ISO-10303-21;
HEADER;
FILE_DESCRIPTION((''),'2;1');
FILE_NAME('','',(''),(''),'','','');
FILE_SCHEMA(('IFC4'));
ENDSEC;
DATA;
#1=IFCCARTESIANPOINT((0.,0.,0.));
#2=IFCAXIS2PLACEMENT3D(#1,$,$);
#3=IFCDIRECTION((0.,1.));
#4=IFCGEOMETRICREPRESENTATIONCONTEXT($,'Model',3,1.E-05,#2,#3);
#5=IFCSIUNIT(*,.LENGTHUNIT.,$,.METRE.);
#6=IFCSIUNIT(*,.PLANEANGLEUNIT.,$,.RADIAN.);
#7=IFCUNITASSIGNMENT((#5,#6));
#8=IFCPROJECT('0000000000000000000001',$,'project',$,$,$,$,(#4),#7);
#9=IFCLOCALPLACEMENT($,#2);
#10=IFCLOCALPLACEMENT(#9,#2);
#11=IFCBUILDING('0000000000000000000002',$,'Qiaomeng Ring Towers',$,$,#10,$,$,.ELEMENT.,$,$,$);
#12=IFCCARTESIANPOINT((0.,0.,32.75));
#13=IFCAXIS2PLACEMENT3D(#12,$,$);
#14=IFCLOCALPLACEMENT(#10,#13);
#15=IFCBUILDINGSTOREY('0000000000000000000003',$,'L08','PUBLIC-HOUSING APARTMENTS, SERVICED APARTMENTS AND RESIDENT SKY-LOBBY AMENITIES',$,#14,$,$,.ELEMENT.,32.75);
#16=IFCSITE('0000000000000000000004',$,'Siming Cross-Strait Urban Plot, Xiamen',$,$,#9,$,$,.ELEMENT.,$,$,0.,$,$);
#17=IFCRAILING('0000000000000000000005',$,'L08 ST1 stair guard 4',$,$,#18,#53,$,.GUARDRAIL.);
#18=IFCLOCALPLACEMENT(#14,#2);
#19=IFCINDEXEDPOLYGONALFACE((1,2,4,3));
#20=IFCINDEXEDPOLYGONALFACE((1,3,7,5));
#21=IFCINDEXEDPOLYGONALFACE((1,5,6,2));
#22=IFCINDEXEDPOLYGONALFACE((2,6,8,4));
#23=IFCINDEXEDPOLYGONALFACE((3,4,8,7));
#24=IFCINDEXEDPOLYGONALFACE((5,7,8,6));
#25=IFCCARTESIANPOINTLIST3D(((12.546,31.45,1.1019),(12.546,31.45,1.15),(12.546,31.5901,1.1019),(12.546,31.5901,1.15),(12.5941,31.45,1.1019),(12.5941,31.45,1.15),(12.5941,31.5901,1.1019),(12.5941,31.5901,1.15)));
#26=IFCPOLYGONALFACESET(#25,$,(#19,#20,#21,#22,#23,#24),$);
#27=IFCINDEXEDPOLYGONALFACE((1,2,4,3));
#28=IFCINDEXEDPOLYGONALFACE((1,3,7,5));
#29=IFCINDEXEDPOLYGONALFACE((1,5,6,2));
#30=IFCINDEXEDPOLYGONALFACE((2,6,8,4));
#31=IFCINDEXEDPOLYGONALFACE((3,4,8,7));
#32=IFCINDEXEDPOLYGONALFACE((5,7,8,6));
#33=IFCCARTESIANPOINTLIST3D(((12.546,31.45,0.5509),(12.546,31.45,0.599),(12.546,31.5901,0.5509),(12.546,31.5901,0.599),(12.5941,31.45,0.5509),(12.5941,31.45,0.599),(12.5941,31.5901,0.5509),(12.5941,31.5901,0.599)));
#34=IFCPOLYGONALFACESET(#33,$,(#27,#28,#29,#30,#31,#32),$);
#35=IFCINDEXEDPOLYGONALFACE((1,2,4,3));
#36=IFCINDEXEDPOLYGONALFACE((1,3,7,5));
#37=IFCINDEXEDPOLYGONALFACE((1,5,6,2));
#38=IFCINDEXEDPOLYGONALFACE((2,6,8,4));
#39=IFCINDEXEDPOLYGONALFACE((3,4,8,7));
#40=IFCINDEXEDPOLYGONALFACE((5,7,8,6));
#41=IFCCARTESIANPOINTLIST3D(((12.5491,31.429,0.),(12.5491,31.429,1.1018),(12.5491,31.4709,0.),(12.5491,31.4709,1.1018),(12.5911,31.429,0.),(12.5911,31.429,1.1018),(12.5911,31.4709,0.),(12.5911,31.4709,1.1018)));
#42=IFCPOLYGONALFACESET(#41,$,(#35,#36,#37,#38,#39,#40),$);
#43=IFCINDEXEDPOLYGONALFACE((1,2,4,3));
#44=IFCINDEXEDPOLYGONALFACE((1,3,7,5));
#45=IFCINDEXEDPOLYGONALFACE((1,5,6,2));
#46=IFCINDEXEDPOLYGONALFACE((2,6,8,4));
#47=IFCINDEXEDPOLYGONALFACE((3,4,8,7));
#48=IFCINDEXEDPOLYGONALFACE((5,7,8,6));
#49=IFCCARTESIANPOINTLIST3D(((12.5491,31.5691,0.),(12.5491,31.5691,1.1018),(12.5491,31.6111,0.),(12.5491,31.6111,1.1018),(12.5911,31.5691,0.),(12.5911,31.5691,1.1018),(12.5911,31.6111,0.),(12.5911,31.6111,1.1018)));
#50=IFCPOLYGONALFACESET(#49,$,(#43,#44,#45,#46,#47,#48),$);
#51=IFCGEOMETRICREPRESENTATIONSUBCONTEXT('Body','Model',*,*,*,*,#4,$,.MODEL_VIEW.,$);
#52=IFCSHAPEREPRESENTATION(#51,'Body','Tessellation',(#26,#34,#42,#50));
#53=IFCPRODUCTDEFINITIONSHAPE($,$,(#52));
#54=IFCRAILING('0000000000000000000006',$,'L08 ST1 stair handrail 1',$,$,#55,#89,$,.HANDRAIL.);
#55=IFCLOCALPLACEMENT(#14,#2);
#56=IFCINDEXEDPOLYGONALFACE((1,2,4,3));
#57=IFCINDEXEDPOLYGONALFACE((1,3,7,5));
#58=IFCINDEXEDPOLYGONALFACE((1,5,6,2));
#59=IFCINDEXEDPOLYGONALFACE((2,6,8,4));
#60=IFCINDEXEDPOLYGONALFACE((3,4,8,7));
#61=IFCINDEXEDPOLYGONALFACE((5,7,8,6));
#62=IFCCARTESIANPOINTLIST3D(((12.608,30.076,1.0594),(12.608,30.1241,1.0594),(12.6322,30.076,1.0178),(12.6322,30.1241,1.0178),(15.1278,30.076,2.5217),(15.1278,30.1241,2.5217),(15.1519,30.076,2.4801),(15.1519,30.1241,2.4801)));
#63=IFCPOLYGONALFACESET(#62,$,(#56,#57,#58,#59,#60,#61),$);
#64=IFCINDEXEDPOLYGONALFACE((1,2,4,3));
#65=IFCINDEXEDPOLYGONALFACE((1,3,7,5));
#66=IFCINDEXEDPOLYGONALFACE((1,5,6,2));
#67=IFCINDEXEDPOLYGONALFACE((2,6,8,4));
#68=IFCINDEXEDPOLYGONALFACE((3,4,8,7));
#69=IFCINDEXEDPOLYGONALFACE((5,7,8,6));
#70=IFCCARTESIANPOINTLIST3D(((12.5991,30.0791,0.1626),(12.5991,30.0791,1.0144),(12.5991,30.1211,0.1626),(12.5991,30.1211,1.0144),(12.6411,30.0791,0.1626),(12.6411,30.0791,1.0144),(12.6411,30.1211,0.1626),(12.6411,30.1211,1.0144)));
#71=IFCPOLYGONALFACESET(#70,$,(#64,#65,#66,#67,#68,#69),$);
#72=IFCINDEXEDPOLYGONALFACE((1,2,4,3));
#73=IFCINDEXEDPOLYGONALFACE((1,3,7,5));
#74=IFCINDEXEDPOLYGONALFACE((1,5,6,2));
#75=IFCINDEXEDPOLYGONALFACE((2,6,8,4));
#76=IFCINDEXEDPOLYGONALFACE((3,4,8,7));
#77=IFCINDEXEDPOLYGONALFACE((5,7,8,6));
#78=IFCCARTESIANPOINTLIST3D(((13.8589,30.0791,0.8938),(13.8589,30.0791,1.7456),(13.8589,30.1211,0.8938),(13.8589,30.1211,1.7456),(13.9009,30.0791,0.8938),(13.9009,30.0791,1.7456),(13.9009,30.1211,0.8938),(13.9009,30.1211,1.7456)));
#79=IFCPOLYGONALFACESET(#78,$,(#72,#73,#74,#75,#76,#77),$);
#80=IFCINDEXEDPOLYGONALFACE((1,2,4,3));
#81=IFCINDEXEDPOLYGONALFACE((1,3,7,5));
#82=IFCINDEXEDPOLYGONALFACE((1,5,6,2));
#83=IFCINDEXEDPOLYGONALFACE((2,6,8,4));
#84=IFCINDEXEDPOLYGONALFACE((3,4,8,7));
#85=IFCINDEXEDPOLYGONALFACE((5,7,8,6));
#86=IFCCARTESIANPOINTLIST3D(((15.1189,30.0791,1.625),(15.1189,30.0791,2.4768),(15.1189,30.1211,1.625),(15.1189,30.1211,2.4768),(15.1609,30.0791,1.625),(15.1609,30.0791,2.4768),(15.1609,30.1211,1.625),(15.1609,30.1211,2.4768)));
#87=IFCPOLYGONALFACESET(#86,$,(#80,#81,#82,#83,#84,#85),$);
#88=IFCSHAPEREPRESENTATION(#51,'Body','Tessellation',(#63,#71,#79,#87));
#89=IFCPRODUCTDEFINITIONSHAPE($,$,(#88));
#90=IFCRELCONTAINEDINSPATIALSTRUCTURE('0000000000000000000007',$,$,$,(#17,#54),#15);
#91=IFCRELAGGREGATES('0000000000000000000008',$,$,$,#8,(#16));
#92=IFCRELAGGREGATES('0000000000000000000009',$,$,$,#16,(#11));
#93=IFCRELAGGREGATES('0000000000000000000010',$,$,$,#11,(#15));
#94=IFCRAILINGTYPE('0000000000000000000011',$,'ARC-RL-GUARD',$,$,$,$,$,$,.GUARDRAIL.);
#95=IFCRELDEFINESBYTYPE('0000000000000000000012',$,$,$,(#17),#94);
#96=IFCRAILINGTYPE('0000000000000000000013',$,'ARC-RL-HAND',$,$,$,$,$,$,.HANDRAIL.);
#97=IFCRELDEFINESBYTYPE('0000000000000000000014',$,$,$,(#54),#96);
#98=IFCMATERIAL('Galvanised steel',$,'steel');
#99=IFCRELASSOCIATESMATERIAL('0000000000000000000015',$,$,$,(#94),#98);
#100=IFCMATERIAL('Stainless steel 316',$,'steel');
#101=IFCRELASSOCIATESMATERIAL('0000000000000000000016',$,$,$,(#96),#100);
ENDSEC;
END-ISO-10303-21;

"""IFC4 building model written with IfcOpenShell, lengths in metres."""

from ifc_helpers import new_model, si_unit, direction, frame, origin, origin_2d, place, context, subcontext, project, spatial, rectangle, extrude, material, type_object, element, save


model = new_model("IFC4")

# Units and contexts
model_context = context("Model", 3, precision=1e-05, world=origin(), true_north=direction((0.0, 1.0)))
body_context = subcontext(model_context, "Body", "Model", "MODEL_VIEW")
ifc_project = project(units=[si_unit("LENGTHUNIT", "METRE"), si_unit("PLANEANGLEUNIT", "RADIAN")], contexts=[model_context])

# Site, building, storey
site_placement = place(None, origin())
site = spatial("IfcSite", under=ifc_project, at=site_placement, Name="Siming Cross-Strait Urban Plot, Xiamen", CompositionType="ELEMENT", RefElevation=0.0)
building_placement = place(site_placement, origin())
building = spatial("IfcBuilding", under=site, at=building_placement, Name="Qiaomeng Ring Towers", CompositionType="ELEMENT")
storey_placement = place(building_placement, frame((0.0, 0.0, 32.75)))
storey = spatial("IfcBuildingStorey", under=building, at=storey_placement, Name="L08", Description="PUBLIC-HOUSING APARTMENTS, SERVICED APARTMENTS AND RESIDENT SKY-LOBBY AMENITIES", CompositionType="ELEMENT", Elevation=32.75)

# Shared definitions
ifc_material_1 = material(Name="Galvanised steel", Category="steel")

# Shared definitions
ifc_material_2 = material(Name="Stainless steel 316", Category="steel")

# Railings
railing_type_1 = type_object("IfcRailingType", Name="ARC-RL-GUARD", PredefinedType="GUARDRAIL", material=ifc_material_1)
railing_1_placement = place(storey_placement, frame((12.5701, 31.45, 0.0)))
element("IfcRailing", 1, at=railing_1_placement, inside=storey, type_object=railing_type_1, Name="L08 ST1 stair guard 4", PredefinedType="GUARDRAIL", context=body_context, shape_type="SweptSolid", body=[
    extrude(rectangle(XDim=0.0481, YDim=0.0481, at=origin_2d()), frame((0.0, 0.0, 1.126), z_axis=(0.0, 1.0, 0.0), x_axis=(-1.0, 0.0, 0.0)), (0.0, 0.0, 1.0), 0.1401),
    extrude(rectangle(XDim=0.0481, YDim=0.0481, at=origin_2d()), frame((0.0, 0.0, 0.575), z_axis=(0.0, 1.0, 0.0), x_axis=(-1.0, 0.0, 0.0)), (0.0, 0.0, 1.0), 0.1401),
    extrude(rectangle(XDim=0.042, YDim=0.042, at=origin_2d()), origin(), (0.0, 0.0, 1.0), 1.1018),
    extrude(rectangle(XDim=0.042, YDim=0.042, at=origin_2d()), frame((0.0, 0.1401, 0.0)), (0.0, 0.0, 1.0), 1.1018),
])
railing_type_2 = type_object("IfcRailingType", Name="ARC-RL-HAND", PredefinedType="HANDRAIL", material=ifc_material_2)
railing_2_placement = place(storey_placement, frame((12.6201, 30.1001, 0.1626)))
element("IfcRailing", 2, at=railing_2_placement, inside=storey, type_object=railing_type_2, Name="L08 ST1 stair handrail 1", PredefinedType="HANDRAIL", context=body_context, shape_type="SweptSolid", body=[
    extrude(rectangle(XDim=0.0481, YDim=0.0481, at=origin_2d()), frame((0.0, 0.0, 0.876), z_axis=(0.864892, 0.0, 0.501958), x_axis=(0.0, 1.0, 0.0)), (0.0, 0.0, 1.0), 2.9133),
    extrude(rectangle(XDim=0.042, YDim=0.042, at=origin_2d()), origin(), (0.0, 0.0, 1.0), 0.8518),
    extrude(rectangle(XDim=0.042, YDim=0.042, at=origin_2d()), frame((1.2598, 0.0, 0.7312)), (0.0, 0.0, 1.0), 0.8518),
    extrude(rectangle(XDim=0.042, YDim=0.042, at=origin_2d()), frame((2.5198, 0.0, 1.4624)), (0.0, 0.0, 1.0), 0.8518),
])

save(model, "model.ifc")
